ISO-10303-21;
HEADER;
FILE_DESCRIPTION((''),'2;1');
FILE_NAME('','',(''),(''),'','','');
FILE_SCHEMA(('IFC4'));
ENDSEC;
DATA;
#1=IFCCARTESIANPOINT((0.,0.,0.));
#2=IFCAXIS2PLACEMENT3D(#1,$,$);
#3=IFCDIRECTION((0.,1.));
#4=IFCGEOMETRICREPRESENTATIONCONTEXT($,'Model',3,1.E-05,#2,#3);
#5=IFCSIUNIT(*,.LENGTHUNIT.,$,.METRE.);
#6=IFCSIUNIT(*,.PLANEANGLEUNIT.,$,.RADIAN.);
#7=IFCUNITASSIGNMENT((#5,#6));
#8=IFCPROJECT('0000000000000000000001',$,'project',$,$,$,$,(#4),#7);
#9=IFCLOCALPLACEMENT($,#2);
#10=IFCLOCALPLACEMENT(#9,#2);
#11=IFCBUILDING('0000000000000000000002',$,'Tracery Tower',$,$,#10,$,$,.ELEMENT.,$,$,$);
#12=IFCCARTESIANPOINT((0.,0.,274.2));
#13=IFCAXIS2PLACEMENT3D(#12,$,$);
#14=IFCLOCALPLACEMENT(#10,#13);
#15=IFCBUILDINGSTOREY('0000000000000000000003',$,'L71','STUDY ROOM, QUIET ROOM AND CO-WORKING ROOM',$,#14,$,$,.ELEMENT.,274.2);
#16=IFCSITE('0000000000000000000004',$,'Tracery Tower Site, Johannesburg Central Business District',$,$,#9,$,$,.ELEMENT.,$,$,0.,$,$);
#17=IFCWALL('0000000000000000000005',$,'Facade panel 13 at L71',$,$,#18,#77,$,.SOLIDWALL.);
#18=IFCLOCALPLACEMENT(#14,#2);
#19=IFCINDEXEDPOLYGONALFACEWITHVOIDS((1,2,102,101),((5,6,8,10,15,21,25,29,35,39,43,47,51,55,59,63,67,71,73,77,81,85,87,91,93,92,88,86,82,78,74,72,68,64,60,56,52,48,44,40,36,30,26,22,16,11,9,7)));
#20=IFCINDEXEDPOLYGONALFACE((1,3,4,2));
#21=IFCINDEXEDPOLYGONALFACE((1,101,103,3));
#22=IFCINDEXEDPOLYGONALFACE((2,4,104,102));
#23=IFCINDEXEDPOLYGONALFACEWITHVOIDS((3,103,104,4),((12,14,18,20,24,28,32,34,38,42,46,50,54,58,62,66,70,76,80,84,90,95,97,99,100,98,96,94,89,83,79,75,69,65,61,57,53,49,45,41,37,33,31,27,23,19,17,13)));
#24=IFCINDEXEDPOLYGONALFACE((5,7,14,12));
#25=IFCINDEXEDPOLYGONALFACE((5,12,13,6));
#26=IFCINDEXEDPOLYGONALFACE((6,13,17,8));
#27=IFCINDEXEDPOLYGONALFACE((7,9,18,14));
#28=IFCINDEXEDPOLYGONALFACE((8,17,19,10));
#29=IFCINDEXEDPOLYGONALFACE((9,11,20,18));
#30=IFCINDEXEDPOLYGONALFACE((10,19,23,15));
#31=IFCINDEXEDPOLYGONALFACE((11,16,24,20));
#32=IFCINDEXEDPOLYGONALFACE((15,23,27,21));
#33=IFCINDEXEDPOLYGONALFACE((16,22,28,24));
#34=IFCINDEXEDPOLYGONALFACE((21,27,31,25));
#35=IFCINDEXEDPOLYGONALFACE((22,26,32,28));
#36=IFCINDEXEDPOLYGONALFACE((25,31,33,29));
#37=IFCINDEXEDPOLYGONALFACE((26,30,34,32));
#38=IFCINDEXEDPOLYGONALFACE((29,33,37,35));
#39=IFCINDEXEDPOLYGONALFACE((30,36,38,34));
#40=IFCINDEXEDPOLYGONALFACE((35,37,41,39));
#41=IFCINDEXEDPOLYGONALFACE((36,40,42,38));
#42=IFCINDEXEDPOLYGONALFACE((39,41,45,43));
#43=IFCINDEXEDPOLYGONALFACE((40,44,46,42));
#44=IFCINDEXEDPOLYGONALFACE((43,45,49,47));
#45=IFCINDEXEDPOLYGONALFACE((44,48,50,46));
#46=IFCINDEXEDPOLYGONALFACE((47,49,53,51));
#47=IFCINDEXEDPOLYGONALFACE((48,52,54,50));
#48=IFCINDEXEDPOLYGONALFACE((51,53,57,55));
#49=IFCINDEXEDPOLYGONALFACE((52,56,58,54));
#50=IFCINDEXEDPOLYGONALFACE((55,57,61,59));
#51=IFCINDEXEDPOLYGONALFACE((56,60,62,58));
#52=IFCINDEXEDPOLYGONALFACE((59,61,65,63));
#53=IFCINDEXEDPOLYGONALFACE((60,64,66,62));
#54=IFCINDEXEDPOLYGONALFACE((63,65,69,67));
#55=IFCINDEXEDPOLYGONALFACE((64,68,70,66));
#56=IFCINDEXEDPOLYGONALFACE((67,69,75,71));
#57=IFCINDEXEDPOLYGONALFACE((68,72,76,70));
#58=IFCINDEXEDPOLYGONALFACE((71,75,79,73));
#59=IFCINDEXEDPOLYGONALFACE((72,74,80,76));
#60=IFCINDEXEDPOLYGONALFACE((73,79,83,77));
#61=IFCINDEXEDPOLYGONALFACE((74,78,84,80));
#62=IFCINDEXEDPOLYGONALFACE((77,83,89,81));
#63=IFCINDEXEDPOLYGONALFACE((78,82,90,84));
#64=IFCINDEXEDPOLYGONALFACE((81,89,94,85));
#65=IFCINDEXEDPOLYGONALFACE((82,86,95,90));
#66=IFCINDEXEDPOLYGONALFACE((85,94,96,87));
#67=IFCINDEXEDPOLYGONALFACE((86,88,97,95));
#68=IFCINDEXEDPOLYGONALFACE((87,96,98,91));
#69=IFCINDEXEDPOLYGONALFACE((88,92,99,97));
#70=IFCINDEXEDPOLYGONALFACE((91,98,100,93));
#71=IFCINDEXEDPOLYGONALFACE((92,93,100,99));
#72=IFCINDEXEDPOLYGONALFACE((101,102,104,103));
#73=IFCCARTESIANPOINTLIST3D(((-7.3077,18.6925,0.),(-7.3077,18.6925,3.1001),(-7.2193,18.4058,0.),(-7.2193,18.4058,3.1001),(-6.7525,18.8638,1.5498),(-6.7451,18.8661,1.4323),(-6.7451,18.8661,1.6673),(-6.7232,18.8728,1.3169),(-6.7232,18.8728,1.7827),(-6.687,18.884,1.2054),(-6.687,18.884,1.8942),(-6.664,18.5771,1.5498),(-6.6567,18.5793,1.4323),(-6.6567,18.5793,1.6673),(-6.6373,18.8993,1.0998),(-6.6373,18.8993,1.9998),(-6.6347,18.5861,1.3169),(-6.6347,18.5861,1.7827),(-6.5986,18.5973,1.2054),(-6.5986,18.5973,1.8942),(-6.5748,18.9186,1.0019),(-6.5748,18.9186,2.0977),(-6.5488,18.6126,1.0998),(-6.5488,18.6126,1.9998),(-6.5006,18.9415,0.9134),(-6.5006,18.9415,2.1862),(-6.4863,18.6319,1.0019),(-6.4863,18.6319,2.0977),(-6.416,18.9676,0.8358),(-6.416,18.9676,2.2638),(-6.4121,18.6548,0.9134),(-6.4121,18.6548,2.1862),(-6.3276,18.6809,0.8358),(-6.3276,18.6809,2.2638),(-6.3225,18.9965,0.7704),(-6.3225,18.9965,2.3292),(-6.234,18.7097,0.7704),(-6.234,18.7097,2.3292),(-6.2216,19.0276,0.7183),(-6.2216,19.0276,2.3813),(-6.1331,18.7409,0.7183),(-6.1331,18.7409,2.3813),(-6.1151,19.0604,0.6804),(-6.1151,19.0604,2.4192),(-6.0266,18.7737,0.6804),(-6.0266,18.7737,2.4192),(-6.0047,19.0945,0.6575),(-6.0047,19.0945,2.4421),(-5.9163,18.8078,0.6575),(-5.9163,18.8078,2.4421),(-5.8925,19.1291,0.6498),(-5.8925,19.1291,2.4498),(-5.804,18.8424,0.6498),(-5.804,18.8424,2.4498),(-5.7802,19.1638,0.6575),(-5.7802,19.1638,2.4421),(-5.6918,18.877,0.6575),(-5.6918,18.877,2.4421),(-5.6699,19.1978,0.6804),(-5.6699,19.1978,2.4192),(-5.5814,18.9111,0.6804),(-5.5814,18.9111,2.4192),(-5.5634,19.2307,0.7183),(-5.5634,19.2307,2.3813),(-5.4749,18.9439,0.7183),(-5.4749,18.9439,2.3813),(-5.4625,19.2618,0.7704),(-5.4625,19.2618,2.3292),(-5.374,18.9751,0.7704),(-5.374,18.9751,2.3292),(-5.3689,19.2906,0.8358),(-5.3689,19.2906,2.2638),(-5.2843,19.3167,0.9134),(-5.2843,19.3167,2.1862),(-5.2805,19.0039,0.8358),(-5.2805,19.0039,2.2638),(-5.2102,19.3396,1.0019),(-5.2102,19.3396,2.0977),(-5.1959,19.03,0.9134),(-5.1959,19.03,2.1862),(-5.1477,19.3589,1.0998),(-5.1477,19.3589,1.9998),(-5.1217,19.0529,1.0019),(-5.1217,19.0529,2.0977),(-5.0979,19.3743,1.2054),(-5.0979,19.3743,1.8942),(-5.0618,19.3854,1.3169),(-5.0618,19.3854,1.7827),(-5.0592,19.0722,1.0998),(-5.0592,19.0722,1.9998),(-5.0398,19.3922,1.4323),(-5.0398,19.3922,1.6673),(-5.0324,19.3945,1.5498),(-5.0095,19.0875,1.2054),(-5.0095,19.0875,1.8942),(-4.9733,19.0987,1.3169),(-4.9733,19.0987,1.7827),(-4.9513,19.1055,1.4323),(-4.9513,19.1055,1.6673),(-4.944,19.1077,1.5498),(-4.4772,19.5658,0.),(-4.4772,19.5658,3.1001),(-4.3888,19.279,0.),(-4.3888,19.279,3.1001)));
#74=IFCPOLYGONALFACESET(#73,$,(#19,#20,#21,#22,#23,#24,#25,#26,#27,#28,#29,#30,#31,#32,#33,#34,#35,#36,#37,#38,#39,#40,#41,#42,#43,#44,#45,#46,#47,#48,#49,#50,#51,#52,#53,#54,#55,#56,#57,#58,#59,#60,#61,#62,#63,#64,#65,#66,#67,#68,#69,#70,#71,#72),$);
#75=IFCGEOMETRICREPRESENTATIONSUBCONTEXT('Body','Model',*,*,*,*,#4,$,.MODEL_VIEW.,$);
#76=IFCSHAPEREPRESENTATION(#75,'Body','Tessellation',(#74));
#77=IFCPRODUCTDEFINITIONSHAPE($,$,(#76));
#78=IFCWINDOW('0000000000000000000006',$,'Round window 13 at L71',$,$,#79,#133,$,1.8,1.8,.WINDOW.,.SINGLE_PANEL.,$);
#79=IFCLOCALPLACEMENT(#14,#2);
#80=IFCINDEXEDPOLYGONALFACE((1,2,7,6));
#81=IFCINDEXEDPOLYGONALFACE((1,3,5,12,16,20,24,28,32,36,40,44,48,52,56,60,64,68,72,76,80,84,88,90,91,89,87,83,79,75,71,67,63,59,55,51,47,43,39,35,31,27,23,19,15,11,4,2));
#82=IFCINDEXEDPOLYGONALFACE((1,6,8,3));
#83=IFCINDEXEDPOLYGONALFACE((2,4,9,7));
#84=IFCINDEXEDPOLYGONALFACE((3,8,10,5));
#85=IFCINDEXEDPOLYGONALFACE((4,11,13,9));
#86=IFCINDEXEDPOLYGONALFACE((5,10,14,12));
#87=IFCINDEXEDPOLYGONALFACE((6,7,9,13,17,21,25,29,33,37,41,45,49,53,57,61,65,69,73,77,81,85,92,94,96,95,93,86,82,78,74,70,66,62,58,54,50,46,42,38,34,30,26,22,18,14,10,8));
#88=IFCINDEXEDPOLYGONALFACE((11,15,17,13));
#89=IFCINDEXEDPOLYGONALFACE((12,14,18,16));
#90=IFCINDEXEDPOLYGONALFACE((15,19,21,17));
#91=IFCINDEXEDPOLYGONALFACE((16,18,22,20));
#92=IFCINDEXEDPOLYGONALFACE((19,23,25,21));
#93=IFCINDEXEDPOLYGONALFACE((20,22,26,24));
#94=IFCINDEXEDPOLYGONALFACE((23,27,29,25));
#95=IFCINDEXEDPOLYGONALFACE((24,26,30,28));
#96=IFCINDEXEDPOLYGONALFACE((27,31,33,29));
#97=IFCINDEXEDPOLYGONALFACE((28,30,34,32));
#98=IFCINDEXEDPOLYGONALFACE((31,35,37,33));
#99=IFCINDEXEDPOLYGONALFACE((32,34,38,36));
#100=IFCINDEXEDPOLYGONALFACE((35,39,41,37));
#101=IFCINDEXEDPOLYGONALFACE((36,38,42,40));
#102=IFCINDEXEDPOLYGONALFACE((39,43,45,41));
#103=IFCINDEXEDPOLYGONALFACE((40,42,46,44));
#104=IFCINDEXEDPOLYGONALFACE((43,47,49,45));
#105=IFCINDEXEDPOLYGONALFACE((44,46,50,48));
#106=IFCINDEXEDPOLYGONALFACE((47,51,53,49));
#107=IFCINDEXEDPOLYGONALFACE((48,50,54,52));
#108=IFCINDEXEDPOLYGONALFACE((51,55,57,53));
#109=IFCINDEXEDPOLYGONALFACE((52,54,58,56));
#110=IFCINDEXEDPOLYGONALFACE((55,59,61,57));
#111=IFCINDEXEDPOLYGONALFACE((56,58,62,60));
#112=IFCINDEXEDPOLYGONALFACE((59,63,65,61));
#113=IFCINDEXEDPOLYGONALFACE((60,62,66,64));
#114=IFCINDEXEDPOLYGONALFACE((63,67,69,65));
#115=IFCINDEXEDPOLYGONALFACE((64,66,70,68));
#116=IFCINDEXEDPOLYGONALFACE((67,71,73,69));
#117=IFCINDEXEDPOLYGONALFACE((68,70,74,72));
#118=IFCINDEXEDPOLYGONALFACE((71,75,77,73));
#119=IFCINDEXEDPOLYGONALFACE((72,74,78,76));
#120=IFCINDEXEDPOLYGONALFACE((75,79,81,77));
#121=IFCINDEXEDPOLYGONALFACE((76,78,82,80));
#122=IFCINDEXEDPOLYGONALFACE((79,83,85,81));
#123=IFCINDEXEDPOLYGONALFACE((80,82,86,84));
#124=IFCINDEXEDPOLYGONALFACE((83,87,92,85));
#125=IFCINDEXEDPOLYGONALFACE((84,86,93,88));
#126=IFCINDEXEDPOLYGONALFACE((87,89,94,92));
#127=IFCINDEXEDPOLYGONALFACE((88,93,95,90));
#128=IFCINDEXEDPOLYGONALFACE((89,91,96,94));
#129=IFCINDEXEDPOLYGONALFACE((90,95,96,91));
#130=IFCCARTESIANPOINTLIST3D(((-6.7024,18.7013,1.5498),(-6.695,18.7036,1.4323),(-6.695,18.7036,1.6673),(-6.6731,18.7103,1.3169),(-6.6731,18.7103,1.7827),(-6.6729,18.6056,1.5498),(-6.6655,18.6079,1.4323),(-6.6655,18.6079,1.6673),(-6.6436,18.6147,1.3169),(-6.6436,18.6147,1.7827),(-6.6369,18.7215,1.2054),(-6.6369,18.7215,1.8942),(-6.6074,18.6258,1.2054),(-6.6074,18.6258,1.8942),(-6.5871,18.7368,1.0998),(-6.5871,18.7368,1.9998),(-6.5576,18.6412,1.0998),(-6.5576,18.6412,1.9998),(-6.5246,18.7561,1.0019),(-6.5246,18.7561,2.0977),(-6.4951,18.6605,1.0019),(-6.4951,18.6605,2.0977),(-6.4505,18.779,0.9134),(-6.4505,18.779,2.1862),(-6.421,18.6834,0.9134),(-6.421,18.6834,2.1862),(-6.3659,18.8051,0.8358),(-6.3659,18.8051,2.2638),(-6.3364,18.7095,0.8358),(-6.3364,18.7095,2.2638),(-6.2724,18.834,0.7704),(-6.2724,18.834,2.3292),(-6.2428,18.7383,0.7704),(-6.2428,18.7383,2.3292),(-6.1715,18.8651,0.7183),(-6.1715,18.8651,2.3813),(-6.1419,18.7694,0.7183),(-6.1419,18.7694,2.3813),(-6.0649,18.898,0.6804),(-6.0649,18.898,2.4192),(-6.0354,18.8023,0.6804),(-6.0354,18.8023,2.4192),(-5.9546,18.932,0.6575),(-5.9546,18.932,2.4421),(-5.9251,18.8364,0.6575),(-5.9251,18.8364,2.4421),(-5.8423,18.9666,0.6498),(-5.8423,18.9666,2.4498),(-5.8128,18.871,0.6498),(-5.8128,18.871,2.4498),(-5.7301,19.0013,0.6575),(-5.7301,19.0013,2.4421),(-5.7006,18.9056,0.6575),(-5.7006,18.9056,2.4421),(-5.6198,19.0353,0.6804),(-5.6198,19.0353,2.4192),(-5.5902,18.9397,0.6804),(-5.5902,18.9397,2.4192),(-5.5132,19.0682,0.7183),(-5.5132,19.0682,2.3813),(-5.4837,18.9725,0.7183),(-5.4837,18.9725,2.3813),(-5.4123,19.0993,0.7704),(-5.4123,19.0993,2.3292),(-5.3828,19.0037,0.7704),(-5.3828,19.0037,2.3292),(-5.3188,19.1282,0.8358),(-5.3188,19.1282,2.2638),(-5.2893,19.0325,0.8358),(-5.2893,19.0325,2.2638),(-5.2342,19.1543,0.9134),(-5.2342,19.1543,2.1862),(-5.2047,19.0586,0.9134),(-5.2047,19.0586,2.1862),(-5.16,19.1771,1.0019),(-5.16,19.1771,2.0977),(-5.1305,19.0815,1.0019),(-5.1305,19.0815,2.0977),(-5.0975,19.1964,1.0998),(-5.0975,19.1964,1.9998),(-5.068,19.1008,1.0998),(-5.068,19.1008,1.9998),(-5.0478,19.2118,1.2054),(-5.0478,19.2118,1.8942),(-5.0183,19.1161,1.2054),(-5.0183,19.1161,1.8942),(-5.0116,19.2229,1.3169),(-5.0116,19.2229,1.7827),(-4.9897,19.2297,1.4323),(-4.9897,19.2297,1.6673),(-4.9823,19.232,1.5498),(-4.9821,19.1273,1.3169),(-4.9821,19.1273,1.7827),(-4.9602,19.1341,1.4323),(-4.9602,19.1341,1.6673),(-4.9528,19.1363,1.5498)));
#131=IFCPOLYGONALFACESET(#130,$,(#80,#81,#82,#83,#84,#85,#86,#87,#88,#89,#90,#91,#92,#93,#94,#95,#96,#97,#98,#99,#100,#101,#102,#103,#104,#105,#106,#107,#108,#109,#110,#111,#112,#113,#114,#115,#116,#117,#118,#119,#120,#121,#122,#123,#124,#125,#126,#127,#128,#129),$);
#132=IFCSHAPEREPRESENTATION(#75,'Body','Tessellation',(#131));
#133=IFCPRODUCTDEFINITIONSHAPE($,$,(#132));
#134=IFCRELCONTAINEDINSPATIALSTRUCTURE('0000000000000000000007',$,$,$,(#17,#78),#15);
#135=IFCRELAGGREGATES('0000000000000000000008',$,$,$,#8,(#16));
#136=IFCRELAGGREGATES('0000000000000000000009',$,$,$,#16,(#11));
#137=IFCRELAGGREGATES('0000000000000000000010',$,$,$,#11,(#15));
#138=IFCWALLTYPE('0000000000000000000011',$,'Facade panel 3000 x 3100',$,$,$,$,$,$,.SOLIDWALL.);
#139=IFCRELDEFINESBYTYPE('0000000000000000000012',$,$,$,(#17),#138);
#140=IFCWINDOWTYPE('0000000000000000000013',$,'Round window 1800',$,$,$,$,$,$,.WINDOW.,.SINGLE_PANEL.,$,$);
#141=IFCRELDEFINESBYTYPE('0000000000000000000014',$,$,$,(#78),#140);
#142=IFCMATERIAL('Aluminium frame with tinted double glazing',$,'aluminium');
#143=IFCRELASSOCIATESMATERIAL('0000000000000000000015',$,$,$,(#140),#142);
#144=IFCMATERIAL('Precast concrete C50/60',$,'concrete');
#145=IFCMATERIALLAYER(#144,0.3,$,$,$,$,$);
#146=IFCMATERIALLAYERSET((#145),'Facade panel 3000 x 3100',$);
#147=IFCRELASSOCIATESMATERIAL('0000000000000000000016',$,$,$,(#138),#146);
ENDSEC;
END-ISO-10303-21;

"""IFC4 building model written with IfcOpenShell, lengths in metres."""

from ifc_helpers import new_model, si_unit, direction, frame, frame_2d, origin, origin_2d, place, context, subcontext, project, spatial, rectangle, circle, extrude, material, layer, layer_set, type_object, element, fill, save


model = new_model("IFC4")

# Units and contexts
model_context = context("Model", 3, precision=1e-05, world=origin(), true_north=direction((0.0, 1.0)))
body_context = subcontext(model_context, "Body", "Model", "MODEL_VIEW")
ifc_project = project(units=[si_unit("LENGTHUNIT", "METRE"), si_unit("PLANEANGLEUNIT", "RADIAN")], contexts=[model_context])

# Site, building, storey
site_placement = place(None, origin())
site = spatial("IfcSite", under=ifc_project, at=site_placement, Name="Tracery Tower Site, Johannesburg Central Business District", CompositionType="ELEMENT", RefElevation=0.0)
building_placement = place(site_placement, origin())
building = spatial("IfcBuilding", under=site, at=building_placement, Name="Tracery Tower", CompositionType="ELEMENT")
storey_placement = place(building_placement, frame((0.0, 0.0, 274.2)))
storey = spatial("IfcBuildingStorey", under=building, at=storey_placement, Name="L71", Description="STUDY ROOM, QUIET ROOM AND CO-WORKING ROOM", CompositionType="ELEMENT", Elevation=274.2)

# Wall, opening, window
ifc_material_1 = material(Name="Aluminium frame with tinted double glazing", Category="aluminium")
window_type = type_object("IfcWindowType", Name="Round window 1800", PartitioningType="SINGLE_PANEL", PredefinedType="WINDOW", material=ifc_material_1)
ifc_material_2 = material(Name="Precast concrete C50/60", Category="concrete")
ifc_layer_1 = layer(ifc_material_2, 0.3)
ifc_layer_set_1 = layer_set([ifc_layer_1], Name="Facade panel 3000 x 3100")
wall_type_1 = type_object("IfcWallType", Name="Facade panel 3000 x 3100", PredefinedType="SOLIDWALL", material=ifc_layer_set_1)
wall_1_placement = place(storey_placement, frame((-4.4331, 19.4224, 0.0), z_axis=(0.0, 0.0, 1.0), x_axis=(-0.955556, -0.29481, 0.0)))
wall_1 = element("IfcWall", 1, at=wall_1_placement, inside=storey, type_object=wall_type_1, Name="Facade panel 13 at L71", PredefinedType="SOLIDWALL", context=body_context, shape_type="SweptSolid", body=[
    extrude(rectangle(XDim=2.9622, YDim=0.3, at=frame_2d((1.481, 0.0))), origin(), (0.0, 0.0, 1.0), 3.1001),
])
opening_1_placement = place(wall_1_placement, frame((1.481, 0.0, 1.5498)))
opening_1 = element("IfcOpeningElement", 2, at=opening_1_placement, cuts=wall_1, PredefinedType="OPENING", context=body_context, shape_type="SweptSolid", body=[
    extrude(circle(Radius=0.9, at=origin_2d()), frame((0.0, 0.1599, 0.0), z_axis=(0.0, -1.0, 0.0), x_axis=(1.0, 0.0, 0.0)), (0.0, 0.0, 1.0), 0.3201),
])
window_1_placement = place(opening_1_placement, origin())
window_1 = element("IfcWindow", 3, at=window_1_placement, inside=storey, type_object=window_type, Name="Round window 13 at L71", OverallHeight=1.8, OverallWidth=1.8, PartitioningType="SINGLE_PANEL", PredefinedType="WINDOW", context=body_context, shape_type="SweptSolid", body=[
    extrude(circle(Radius=0.9, at=origin_2d()), frame((0.0, 0.1201, 0.0), z_axis=(0.0, -1.0, 0.0), x_axis=(1.0, 0.0, 0.0)), (0.0, 0.0, 1.0), 0.1001),
])
fill(opening_1, window_1)

save(model, "model.ifc")
